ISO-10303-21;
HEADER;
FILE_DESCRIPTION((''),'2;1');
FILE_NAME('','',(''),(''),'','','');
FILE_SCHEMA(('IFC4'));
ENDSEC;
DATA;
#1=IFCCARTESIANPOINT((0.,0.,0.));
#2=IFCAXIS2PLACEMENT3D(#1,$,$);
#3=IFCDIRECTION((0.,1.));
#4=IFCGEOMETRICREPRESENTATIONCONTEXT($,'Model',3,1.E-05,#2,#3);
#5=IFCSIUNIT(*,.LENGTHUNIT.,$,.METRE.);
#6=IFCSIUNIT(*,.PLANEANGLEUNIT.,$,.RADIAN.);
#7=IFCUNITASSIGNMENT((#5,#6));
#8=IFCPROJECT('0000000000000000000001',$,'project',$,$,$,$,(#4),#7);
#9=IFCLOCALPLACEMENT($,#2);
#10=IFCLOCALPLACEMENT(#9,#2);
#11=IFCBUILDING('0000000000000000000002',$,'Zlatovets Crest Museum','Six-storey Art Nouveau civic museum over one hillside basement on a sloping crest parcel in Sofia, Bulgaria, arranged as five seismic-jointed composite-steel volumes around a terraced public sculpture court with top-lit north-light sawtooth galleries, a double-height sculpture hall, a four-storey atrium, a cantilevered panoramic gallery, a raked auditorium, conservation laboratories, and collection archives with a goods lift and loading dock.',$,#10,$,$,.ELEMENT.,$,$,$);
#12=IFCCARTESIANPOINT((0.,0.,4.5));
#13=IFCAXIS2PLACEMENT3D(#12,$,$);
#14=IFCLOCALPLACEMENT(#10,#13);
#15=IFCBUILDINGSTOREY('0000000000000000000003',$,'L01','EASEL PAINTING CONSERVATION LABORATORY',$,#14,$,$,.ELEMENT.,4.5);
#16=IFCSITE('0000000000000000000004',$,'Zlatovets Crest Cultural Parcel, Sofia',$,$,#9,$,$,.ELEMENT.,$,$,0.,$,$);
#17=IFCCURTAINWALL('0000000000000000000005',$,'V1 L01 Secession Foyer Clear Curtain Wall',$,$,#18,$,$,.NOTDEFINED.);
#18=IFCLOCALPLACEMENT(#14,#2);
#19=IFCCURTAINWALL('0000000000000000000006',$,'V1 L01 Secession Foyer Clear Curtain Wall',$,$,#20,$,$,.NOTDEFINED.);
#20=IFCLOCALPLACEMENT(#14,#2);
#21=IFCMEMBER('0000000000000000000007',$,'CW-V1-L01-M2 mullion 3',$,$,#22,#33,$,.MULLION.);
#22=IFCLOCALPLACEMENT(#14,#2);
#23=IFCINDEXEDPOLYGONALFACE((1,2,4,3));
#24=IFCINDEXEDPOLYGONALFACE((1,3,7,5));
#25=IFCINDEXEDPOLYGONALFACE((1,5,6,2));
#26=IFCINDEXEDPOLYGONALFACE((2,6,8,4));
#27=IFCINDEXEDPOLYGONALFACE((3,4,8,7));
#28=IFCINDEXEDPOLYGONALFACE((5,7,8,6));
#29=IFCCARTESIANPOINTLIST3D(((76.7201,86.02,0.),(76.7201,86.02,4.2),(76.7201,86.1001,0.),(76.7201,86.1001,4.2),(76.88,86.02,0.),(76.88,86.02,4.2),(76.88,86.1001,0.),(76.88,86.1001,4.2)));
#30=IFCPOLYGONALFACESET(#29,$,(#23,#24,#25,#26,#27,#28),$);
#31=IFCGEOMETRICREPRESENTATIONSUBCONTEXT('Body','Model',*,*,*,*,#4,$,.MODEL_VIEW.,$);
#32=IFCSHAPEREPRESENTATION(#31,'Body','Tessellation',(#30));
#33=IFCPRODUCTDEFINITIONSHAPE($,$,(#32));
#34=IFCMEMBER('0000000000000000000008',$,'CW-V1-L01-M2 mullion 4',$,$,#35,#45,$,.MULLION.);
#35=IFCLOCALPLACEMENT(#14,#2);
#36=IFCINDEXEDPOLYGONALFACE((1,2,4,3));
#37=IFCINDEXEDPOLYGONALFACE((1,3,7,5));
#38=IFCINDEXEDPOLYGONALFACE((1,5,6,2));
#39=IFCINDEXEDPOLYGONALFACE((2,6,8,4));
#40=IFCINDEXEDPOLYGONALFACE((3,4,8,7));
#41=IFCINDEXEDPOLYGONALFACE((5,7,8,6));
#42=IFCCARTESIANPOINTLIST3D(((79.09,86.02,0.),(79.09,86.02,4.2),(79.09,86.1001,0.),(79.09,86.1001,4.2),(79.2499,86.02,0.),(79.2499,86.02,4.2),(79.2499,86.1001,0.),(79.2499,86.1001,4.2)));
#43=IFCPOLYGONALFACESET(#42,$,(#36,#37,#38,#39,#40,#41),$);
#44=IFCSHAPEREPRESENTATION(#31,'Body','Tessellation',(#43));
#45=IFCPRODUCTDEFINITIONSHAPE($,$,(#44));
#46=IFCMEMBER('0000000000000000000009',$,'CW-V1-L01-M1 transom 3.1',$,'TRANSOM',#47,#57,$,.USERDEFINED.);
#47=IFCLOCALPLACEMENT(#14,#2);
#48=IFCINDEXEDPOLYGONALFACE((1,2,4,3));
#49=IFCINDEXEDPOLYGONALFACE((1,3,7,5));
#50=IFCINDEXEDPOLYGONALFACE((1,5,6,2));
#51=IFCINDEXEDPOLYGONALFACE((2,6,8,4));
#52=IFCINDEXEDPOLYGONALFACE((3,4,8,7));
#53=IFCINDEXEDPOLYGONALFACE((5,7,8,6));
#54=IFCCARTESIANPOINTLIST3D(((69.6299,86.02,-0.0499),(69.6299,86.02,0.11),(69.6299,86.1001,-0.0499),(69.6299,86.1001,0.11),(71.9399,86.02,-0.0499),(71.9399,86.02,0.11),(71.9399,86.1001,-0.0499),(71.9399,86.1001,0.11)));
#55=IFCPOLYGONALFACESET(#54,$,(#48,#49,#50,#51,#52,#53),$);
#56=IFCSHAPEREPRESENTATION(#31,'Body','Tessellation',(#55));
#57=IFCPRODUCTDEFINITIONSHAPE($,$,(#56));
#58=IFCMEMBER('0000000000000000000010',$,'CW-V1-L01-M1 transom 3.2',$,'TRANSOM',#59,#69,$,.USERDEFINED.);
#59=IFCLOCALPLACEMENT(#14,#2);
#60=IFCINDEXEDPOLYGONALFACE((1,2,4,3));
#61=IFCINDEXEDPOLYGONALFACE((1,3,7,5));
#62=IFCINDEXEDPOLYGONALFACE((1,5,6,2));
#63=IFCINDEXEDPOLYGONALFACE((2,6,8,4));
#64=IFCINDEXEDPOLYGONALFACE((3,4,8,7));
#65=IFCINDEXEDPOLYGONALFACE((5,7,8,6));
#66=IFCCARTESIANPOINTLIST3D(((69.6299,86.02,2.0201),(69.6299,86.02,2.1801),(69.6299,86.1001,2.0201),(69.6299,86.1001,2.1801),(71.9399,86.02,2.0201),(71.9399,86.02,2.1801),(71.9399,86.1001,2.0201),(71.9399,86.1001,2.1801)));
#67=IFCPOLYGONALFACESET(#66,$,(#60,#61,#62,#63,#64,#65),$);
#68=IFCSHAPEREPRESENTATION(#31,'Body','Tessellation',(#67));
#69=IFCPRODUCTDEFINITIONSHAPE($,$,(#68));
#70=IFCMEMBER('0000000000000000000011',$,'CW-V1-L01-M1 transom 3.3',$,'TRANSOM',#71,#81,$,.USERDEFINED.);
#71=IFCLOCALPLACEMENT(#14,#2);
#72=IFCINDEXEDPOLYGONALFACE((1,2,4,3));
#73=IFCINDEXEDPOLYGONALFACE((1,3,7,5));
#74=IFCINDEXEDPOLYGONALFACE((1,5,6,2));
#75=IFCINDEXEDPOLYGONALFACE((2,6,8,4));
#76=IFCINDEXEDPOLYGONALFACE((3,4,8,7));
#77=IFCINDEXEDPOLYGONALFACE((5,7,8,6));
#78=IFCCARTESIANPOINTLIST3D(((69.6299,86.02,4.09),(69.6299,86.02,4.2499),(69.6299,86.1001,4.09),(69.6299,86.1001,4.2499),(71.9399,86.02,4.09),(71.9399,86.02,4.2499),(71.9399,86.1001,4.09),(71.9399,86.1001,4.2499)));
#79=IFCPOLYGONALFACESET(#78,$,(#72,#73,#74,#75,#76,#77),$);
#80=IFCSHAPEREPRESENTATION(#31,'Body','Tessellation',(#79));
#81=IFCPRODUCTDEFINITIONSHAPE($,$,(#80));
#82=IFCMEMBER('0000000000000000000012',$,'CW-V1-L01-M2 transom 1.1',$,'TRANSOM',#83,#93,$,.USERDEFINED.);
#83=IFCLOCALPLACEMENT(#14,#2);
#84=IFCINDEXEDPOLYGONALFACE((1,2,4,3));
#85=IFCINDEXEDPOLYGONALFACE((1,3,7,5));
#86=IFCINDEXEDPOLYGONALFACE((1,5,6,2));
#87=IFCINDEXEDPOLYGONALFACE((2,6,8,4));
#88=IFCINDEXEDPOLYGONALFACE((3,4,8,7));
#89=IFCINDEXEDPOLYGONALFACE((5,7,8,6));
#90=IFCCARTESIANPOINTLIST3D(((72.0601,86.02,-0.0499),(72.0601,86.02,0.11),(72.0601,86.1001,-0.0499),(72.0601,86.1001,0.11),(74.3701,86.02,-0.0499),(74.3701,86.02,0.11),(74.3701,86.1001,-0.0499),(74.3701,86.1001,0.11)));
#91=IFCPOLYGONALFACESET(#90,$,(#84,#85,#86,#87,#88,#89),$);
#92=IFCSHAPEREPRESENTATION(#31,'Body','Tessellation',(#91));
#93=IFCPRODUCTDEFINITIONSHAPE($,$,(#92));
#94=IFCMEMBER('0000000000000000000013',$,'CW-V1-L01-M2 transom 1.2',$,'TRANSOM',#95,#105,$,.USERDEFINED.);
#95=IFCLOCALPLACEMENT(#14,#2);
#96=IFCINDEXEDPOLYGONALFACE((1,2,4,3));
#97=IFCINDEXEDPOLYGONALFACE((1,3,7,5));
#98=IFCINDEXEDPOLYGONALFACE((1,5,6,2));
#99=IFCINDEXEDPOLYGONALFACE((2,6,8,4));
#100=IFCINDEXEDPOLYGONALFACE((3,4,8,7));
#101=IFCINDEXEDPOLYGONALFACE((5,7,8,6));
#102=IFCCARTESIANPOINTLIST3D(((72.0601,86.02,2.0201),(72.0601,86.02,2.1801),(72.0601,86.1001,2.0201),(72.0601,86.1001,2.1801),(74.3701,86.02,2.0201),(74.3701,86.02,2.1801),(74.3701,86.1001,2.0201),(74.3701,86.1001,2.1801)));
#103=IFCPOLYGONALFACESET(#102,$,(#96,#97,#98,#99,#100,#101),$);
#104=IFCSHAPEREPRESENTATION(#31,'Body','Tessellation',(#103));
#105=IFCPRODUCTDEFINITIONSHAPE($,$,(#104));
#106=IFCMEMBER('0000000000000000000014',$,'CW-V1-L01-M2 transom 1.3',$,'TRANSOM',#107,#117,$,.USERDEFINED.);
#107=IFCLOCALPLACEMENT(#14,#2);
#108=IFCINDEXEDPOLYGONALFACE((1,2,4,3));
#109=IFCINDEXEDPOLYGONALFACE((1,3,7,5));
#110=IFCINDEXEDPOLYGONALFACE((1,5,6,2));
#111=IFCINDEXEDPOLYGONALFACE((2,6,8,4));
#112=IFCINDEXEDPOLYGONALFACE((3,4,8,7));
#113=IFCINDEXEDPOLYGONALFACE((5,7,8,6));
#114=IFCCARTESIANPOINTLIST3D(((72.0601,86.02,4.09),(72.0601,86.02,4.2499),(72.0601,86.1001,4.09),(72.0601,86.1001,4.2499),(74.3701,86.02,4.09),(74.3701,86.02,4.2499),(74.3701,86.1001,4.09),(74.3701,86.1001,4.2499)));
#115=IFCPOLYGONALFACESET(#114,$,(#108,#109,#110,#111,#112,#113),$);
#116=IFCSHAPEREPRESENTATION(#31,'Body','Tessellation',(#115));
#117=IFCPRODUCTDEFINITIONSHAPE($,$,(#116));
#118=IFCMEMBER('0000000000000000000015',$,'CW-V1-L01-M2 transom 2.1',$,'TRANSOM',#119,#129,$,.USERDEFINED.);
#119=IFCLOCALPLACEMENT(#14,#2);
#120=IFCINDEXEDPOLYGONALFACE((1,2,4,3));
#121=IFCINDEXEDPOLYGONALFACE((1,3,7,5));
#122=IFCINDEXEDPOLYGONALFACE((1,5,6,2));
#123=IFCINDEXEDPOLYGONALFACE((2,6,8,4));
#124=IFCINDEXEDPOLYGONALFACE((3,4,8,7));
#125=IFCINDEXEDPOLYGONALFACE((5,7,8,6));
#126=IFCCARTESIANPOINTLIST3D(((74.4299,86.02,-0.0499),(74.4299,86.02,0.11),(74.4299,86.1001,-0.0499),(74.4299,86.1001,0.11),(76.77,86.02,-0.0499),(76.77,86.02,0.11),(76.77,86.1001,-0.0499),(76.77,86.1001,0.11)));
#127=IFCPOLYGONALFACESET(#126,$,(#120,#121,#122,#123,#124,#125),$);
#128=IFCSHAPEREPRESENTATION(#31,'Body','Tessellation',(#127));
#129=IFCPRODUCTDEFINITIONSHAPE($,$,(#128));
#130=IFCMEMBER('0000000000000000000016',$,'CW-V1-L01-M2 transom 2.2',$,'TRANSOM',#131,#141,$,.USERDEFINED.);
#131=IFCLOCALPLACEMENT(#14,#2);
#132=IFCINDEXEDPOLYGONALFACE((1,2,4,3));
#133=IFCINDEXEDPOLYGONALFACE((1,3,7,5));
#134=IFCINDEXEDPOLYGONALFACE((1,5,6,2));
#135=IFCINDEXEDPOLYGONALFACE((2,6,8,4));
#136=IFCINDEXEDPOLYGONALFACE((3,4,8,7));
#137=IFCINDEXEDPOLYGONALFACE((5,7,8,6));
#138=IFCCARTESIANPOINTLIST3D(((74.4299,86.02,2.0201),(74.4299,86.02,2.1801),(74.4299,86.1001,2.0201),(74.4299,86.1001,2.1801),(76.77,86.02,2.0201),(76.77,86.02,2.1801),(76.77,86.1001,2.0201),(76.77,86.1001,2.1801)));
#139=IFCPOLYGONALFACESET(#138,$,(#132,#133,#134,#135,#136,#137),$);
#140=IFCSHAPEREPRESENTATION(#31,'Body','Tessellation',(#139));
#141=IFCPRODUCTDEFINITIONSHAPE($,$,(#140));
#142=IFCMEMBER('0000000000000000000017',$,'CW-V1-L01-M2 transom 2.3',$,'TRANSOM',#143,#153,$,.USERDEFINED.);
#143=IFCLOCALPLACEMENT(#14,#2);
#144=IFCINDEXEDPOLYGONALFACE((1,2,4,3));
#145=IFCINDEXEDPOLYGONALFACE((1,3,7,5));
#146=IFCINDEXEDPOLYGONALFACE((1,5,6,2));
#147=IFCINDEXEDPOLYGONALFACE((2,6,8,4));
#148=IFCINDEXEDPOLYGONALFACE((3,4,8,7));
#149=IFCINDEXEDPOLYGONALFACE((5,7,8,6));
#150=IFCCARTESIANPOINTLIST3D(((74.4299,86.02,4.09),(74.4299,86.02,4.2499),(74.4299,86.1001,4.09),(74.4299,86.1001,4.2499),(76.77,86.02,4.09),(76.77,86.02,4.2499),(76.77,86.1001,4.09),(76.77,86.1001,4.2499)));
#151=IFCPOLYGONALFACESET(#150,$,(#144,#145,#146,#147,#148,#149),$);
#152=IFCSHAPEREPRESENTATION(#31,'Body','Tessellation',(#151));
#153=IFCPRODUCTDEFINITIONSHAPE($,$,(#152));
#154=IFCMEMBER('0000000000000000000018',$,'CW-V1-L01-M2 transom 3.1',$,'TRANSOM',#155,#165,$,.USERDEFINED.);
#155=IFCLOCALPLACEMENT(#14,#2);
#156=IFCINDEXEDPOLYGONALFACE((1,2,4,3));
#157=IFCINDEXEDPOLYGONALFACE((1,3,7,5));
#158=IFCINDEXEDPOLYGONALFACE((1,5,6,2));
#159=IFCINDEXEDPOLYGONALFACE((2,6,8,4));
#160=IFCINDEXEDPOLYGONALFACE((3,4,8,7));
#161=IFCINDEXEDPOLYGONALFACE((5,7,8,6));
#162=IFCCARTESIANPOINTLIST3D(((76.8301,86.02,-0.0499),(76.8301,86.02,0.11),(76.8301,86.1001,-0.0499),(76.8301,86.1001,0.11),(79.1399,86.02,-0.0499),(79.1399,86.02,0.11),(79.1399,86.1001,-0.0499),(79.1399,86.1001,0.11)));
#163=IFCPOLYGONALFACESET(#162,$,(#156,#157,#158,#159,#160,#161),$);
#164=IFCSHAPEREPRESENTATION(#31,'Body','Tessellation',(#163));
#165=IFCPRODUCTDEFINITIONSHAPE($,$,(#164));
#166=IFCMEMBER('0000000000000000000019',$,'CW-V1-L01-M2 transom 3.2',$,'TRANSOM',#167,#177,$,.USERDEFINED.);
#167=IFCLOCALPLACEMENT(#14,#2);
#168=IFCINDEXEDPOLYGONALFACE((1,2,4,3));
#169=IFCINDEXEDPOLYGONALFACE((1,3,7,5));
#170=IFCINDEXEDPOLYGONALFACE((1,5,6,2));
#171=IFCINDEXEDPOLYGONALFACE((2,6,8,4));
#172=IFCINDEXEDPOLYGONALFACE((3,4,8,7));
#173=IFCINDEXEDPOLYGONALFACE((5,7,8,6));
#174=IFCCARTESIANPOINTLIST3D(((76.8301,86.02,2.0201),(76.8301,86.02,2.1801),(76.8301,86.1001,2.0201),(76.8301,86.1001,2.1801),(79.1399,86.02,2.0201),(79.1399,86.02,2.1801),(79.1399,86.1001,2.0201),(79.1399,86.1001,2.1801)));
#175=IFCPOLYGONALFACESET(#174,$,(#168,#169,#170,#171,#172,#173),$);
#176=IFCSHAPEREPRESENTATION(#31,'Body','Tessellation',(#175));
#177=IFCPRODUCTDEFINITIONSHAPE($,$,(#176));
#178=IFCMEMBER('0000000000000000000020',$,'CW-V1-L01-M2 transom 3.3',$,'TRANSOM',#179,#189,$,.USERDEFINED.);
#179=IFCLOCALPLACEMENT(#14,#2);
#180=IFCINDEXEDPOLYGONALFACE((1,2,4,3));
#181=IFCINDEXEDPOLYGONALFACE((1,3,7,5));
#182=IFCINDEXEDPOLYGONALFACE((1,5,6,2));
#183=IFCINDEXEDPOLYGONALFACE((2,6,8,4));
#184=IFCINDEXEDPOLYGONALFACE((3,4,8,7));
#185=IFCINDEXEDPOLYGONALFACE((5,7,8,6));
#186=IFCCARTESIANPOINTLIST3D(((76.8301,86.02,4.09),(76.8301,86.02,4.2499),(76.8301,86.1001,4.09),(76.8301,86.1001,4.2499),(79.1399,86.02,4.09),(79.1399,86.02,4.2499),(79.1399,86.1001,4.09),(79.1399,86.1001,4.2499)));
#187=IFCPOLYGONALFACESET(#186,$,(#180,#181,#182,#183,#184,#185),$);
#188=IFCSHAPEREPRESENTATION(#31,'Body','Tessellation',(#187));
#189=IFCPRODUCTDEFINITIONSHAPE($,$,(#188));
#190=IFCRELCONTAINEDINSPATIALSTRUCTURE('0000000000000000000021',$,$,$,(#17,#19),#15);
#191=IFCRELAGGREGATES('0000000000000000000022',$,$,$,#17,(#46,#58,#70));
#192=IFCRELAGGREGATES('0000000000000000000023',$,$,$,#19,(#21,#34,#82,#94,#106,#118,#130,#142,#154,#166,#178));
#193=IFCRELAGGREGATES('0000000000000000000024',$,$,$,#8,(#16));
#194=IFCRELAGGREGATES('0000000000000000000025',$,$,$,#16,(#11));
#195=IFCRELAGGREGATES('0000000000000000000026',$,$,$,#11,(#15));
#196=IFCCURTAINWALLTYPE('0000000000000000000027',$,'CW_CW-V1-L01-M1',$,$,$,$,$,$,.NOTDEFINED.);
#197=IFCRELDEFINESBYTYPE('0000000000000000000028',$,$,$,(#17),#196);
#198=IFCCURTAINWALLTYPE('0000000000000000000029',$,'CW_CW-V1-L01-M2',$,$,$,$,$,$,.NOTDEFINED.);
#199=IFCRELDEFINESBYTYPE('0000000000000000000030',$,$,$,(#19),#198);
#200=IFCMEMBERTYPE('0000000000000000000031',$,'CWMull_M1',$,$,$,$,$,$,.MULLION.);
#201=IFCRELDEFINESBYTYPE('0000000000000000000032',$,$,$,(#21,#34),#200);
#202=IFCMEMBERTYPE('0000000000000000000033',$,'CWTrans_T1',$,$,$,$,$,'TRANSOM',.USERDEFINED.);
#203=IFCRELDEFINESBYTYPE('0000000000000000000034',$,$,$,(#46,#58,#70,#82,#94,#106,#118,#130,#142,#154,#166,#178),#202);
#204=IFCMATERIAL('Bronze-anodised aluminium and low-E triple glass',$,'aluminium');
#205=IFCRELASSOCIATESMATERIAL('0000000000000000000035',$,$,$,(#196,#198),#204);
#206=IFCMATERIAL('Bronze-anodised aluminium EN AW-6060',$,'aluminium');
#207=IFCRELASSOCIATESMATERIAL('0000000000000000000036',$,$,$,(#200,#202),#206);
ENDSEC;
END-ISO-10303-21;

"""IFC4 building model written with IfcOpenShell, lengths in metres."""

from ifc_helpers import new_model, si_unit, direction, frame, origin, origin_2d, place, context, subcontext, project, spatial, rectangle, extrude, material, material_profile, profile_set, type_object, element, aggregate, save


model = new_model("IFC4")

# Units and contexts
model_context = context("Model", 3, precision=1e-05, world=origin(), true_north=direction((0.0, 1.0)))
body_context = subcontext(model_context, "Body", "Model", "MODEL_VIEW")
ifc_project = project(units=[si_unit("LENGTHUNIT", "METRE"), si_unit("PLANEANGLEUNIT", "RADIAN")], contexts=[model_context])

# Site, building, storey
site_placement = place(None, origin())
site = spatial("IfcSite", under=ifc_project, at=site_placement, Name="Zlatovets Crest Cultural Parcel, Sofia", CompositionType="ELEMENT", RefElevation=0.0)
building_placement = place(site_placement, origin())
building = spatial("IfcBuilding", under=site, at=building_placement, Name="Zlatovets Crest Museum", Description="Six-storey Art Nouveau civic museum over one hillside basement on a sloping crest parcel in Sofia, Bulgaria, arranged as five seismic-jointed composite-steel volumes around a terraced public sculpture court with top-lit north-light sawtooth galleries, a double-height sculpture hall, a four-storey atrium, a cantilevered panoramic gallery, a raked auditorium, conservation laboratories, and collection archives with a goods lift and loading dock.", CompositionType="ELEMENT")
storey_placement = place(building_placement, frame((0.0, 0.0, 4.5)))
storey = spatial("IfcBuildingStorey", under=building, at=storey_placement, Name="L01", Description="EASEL PAINTING CONSERVATION LABORATORY", CompositionType="ELEMENT", Elevation=4.5)

# Curtain walls, members
ifc_material_1 = material(Name="Bronze-anodised aluminium and low-E triple glass", Category="aluminium")
curtain_wall_type_1 = type_object("IfcCurtainWallType", Name="CW_CW-V1-L01-M1", PredefinedType="NOTDEFINED", material=ifc_material_1)
curtain_wall_1_placement = place(storey_placement, origin())
curtain_wall_1 = element("IfcCurtainWall", 1, at=curtain_wall_1_placement, inside=storey, type_object=curtain_wall_type_1, Name="V1 L01 Secession Foyer Clear Curtain Wall", PredefinedType="NOTDEFINED")
ifc_material_2 = material(Name="Bronze-anodised aluminium EN AW-6060", Category="aluminium")
ifc_material_profile_1 = material_profile(ifc_material_2, rectangle(XDim=0.0801, YDim=0.1599, at=origin_2d()), Name="ALU 80x160")
ifc_profile_set_1 = profile_set([ifc_material_profile_1], Name="Bronze-anodised aluminium EN AW-6060")
member_type_1 = type_object("IfcMemberType", Name="CWMull_M1", PredefinedType="MULLION", material=ifc_profile_set_1)
curtain_wall_type_2 = type_object("IfcCurtainWallType", Name="CW_CW-V1-L01-M2", PredefinedType="NOTDEFINED", material=ifc_material_1)
curtain_wall_2_placement = place(storey_placement, origin())
curtain_wall_2 = element("IfcCurtainWall", 2, at=curtain_wall_2_placement, inside=storey, type_object=curtain_wall_type_2, Name="V1 L01 Secession Foyer Clear Curtain Wall", PredefinedType="NOTDEFINED")
member_1_placement = place(storey_placement, frame((76.8, 86.0601, 0.0), z_axis=(0.0, 0.0, 1.0), x_axis=(0.0, 1.0, 0.0)))
member_1 = element("IfcMember", 3, at=member_1_placement, type_object=member_type_1, Name="CW-V1-L01-M2 mullion 3", PredefinedType="MULLION", context=body_context, shape_type="SweptSolid", body=[
    extrude(rectangle(XDim=0.0801, YDim=0.1599, at=origin_2d()), origin(), (0.0, 0.0, 1.0), 4.2),
])
member_2_placement = place(storey_placement, frame((79.1699, 86.0601, 0.0), z_axis=(0.0, 0.0, 1.0), x_axis=(0.0, 1.0, 0.0)))
member_2 = element("IfcMember", 4, at=member_2_placement, type_object=member_type_1, Name="CW-V1-L01-M2 mullion 4", PredefinedType="MULLION", context=body_context, shape_type="SweptSolid", body=[
    extrude(rectangle(XDim=0.0801, YDim=0.1599, at=origin_2d()), origin(), (0.0, 0.0, 1.0), 4.2),
])

# Members
ifc_material_profile_2 = material_profile(ifc_material_2, rectangle(XDim=0.0801, YDim=0.1599, at=origin_2d()), Name="ALU 80x160")
ifc_profile_set_2 = profile_set([ifc_material_profile_2], Name="Bronze-anodised aluminium EN AW-6060")
member_type_2 = type_object("IfcMemberType", Name="CWTrans_T1", ElementType="TRANSOM", PredefinedType="USERDEFINED", material=ifc_profile_set_2)
member_3_placement = place(storey_placement, frame((69.6299, 86.0601, 0.03), z_axis=(1.0, 0.0, 0.0), x_axis=(0.0, 1.0, 0.0)))
member_3 = element("IfcMember", 5, at=member_3_placement, type_object=member_type_2, Name="CW-V1-L01-M1 transom 3.1", ObjectType="TRANSOM", PredefinedType="USERDEFINED", context=body_context, shape_type="SweptSolid", body=[
    extrude(rectangle(XDim=0.0801, YDim=0.1599, at=origin_2d()), origin(), (0.0, 0.0, 1.0), 2.3101),
])
member_4_placement = place(storey_placement, frame((69.6299, 86.0601, 2.1001), z_axis=(1.0, 0.0, 0.0), x_axis=(0.0, 1.0, 0.0)))
member_4 = element("IfcMember", 6, at=member_4_placement, type_object=member_type_2, Name="CW-V1-L01-M1 transom 3.2", ObjectType="TRANSOM", PredefinedType="USERDEFINED", context=body_context, shape_type="SweptSolid", body=[
    extrude(rectangle(XDim=0.0801, YDim=0.1599, at=origin_2d()), origin(), (0.0, 0.0, 1.0), 2.3101),
])
member_5_placement = place(storey_placement, frame((69.6299, 86.0601, 4.1699), z_axis=(1.0, 0.0, 0.0), x_axis=(0.0, 1.0, 0.0)))
member_5 = element("IfcMember", 7, at=member_5_placement, type_object=member_type_2, Name="CW-V1-L01-M1 transom 3.3", ObjectType="TRANSOM", PredefinedType="USERDEFINED", context=body_context, shape_type="SweptSolid", body=[
    extrude(rectangle(XDim=0.0801, YDim=0.1599, at=origin_2d()), origin(), (0.0, 0.0, 1.0), 2.3101),
])
member_6_placement = place(storey_placement, frame((72.0601, 86.0601, 0.03), z_axis=(1.0, 0.0, 0.0), x_axis=(0.0, 1.0, 0.0)))
member_6 = element("IfcMember", 8, at=member_6_placement, type_object=member_type_2, Name="CW-V1-L01-M2 transom 1.1", ObjectType="TRANSOM", PredefinedType="USERDEFINED", context=body_context, shape_type="SweptSolid", body=[
    extrude(rectangle(XDim=0.0801, YDim=0.1599, at=origin_2d()), origin(), (0.0, 0.0, 1.0), 2.3101),
])
member_7_placement = place(storey_placement, frame((72.0601, 86.0601, 2.1001), z_axis=(1.0, 0.0, 0.0), x_axis=(0.0, 1.0, 0.0)))
member_7 = element("IfcMember", 9, at=member_7_placement, type_object=member_type_2, Name="CW-V1-L01-M2 transom 1.2", ObjectType="TRANSOM", PredefinedType="USERDEFINED", context=body_context, shape_type="SweptSolid", body=[
    extrude(rectangle(XDim=0.0801, YDim=0.1599, at=origin_2d()), origin(), (0.0, 0.0, 1.0), 2.3101),
])
member_8_placement = place(storey_placement, frame((72.0601, 86.0601, 4.1699), z_axis=(1.0, 0.0, 0.0), x_axis=(0.0, 1.0, 0.0)))
member_8 = element("IfcMember", 10, at=member_8_placement, type_object=member_type_2, Name="CW-V1-L01-M2 transom 1.3", ObjectType="TRANSOM", PredefinedType="USERDEFINED", context=body_context, shape_type="SweptSolid", body=[
    extrude(rectangle(XDim=0.0801, YDim=0.1599, at=origin_2d()), origin(), (0.0, 0.0, 1.0), 2.3101),
])
member_9_placement = place(storey_placement, frame((74.4299, 86.0601, 0.03), z_axis=(1.0, 0.0, 0.0), x_axis=(0.0, 1.0, 0.0)))
member_9 = element("IfcMember", 11, at=member_9_placement, type_object=member_type_2, Name="CW-V1-L01-M2 transom 2.1", ObjectType="TRANSOM", PredefinedType="USERDEFINED", context=body_context, shape_type="SweptSolid", body=[
    extrude(rectangle(XDim=0.0801, YDim=0.1599, at=origin_2d()), origin(), (0.0, 0.0, 1.0), 2.3401),
])
member_10_placement = place(storey_placement, frame((74.4299, 86.0601, 2.1001), z_axis=(1.0, 0.0, 0.0), x_axis=(0.0, 1.0, 0.0)))
member_10 = element("IfcMember", 12, at=member_10_placement, type_object=member_type_2, Name="CW-V1-L01-M2 transom 2.2", ObjectType="TRANSOM", PredefinedType="USERDEFINED", context=body_context, shape_type="SweptSolid", body=[
    extrude(rectangle(XDim=0.0801, YDim=0.1599, at=origin_2d()), origin(), (0.0, 0.0, 1.0), 2.3401),
])
member_11_placement = place(storey_placement, frame((74.4299, 86.0601, 4.1699), z_axis=(1.0, 0.0, 0.0), x_axis=(0.0, 1.0, 0.0)))
member_11 = element("IfcMember", 13, at=member_11_placement, type_object=member_type_2, Name="CW-V1-L01-M2 transom 2.3", ObjectType="TRANSOM", PredefinedType="USERDEFINED", context=body_context, shape_type="SweptSolid", body=[
    extrude(rectangle(XDim=0.0801, YDim=0.1599, at=origin_2d()), origin(), (0.0, 0.0, 1.0), 2.3401),
])
member_12_placement = place(storey_placement, frame((76.8301, 86.0601, 0.03), z_axis=(1.0, 0.0, 0.0), x_axis=(0.0, 1.0, 0.0)))
member_12 = element("IfcMember", 14, at=member_12_placement, type_object=member_type_2, Name="CW-V1-L01-M2 transom 3.1", ObjectType="TRANSOM", PredefinedType="USERDEFINED", context=body_context, shape_type="SweptSolid", body=[
    extrude(rectangle(XDim=0.0801, YDim=0.1599, at=origin_2d()), origin(), (0.0, 0.0, 1.0), 2.3098),
])
member_13_placement = place(storey_placement, frame((76.8301, 86.0601, 2.1001), z_axis=(1.0, 0.0, 0.0), x_axis=(0.0, 1.0, 0.0)))
member_13 = element("IfcMember", 15, at=member_13_placement, type_object=member_type_2, Name="CW-V1-L01-M2 transom 3.2", ObjectType="TRANSOM", PredefinedType="USERDEFINED", context=body_context, shape_type="SweptSolid", body=[
    extrude(rectangle(XDim=0.0801, YDim=0.1599, at=origin_2d()), origin(), (0.0, 0.0, 1.0), 2.3098),
])
member_14_placement = place(storey_placement, frame((76.8301, 86.0601, 4.1699), z_axis=(1.0, 0.0, 0.0), x_axis=(0.0, 1.0, 0.0)))
member_14 = element("IfcMember", 16, at=member_14_placement, type_object=member_type_2, Name="CW-V1-L01-M2 transom 3.3", ObjectType="TRANSOM", PredefinedType="USERDEFINED", context=body_context, shape_type="SweptSolid", body=[
    extrude(rectangle(XDim=0.0801, YDim=0.1599, at=origin_2d()), origin(), (0.0, 0.0, 1.0), 2.3098),
])

aggregate(curtain_wall_1, [member_3, member_4, member_5])
aggregate(curtain_wall_2, [member_1, member_2, member_6, member_7, member_8, member_9, member_10, member_11, member_12, member_13, member_14])

save(model, "model.ifc")
